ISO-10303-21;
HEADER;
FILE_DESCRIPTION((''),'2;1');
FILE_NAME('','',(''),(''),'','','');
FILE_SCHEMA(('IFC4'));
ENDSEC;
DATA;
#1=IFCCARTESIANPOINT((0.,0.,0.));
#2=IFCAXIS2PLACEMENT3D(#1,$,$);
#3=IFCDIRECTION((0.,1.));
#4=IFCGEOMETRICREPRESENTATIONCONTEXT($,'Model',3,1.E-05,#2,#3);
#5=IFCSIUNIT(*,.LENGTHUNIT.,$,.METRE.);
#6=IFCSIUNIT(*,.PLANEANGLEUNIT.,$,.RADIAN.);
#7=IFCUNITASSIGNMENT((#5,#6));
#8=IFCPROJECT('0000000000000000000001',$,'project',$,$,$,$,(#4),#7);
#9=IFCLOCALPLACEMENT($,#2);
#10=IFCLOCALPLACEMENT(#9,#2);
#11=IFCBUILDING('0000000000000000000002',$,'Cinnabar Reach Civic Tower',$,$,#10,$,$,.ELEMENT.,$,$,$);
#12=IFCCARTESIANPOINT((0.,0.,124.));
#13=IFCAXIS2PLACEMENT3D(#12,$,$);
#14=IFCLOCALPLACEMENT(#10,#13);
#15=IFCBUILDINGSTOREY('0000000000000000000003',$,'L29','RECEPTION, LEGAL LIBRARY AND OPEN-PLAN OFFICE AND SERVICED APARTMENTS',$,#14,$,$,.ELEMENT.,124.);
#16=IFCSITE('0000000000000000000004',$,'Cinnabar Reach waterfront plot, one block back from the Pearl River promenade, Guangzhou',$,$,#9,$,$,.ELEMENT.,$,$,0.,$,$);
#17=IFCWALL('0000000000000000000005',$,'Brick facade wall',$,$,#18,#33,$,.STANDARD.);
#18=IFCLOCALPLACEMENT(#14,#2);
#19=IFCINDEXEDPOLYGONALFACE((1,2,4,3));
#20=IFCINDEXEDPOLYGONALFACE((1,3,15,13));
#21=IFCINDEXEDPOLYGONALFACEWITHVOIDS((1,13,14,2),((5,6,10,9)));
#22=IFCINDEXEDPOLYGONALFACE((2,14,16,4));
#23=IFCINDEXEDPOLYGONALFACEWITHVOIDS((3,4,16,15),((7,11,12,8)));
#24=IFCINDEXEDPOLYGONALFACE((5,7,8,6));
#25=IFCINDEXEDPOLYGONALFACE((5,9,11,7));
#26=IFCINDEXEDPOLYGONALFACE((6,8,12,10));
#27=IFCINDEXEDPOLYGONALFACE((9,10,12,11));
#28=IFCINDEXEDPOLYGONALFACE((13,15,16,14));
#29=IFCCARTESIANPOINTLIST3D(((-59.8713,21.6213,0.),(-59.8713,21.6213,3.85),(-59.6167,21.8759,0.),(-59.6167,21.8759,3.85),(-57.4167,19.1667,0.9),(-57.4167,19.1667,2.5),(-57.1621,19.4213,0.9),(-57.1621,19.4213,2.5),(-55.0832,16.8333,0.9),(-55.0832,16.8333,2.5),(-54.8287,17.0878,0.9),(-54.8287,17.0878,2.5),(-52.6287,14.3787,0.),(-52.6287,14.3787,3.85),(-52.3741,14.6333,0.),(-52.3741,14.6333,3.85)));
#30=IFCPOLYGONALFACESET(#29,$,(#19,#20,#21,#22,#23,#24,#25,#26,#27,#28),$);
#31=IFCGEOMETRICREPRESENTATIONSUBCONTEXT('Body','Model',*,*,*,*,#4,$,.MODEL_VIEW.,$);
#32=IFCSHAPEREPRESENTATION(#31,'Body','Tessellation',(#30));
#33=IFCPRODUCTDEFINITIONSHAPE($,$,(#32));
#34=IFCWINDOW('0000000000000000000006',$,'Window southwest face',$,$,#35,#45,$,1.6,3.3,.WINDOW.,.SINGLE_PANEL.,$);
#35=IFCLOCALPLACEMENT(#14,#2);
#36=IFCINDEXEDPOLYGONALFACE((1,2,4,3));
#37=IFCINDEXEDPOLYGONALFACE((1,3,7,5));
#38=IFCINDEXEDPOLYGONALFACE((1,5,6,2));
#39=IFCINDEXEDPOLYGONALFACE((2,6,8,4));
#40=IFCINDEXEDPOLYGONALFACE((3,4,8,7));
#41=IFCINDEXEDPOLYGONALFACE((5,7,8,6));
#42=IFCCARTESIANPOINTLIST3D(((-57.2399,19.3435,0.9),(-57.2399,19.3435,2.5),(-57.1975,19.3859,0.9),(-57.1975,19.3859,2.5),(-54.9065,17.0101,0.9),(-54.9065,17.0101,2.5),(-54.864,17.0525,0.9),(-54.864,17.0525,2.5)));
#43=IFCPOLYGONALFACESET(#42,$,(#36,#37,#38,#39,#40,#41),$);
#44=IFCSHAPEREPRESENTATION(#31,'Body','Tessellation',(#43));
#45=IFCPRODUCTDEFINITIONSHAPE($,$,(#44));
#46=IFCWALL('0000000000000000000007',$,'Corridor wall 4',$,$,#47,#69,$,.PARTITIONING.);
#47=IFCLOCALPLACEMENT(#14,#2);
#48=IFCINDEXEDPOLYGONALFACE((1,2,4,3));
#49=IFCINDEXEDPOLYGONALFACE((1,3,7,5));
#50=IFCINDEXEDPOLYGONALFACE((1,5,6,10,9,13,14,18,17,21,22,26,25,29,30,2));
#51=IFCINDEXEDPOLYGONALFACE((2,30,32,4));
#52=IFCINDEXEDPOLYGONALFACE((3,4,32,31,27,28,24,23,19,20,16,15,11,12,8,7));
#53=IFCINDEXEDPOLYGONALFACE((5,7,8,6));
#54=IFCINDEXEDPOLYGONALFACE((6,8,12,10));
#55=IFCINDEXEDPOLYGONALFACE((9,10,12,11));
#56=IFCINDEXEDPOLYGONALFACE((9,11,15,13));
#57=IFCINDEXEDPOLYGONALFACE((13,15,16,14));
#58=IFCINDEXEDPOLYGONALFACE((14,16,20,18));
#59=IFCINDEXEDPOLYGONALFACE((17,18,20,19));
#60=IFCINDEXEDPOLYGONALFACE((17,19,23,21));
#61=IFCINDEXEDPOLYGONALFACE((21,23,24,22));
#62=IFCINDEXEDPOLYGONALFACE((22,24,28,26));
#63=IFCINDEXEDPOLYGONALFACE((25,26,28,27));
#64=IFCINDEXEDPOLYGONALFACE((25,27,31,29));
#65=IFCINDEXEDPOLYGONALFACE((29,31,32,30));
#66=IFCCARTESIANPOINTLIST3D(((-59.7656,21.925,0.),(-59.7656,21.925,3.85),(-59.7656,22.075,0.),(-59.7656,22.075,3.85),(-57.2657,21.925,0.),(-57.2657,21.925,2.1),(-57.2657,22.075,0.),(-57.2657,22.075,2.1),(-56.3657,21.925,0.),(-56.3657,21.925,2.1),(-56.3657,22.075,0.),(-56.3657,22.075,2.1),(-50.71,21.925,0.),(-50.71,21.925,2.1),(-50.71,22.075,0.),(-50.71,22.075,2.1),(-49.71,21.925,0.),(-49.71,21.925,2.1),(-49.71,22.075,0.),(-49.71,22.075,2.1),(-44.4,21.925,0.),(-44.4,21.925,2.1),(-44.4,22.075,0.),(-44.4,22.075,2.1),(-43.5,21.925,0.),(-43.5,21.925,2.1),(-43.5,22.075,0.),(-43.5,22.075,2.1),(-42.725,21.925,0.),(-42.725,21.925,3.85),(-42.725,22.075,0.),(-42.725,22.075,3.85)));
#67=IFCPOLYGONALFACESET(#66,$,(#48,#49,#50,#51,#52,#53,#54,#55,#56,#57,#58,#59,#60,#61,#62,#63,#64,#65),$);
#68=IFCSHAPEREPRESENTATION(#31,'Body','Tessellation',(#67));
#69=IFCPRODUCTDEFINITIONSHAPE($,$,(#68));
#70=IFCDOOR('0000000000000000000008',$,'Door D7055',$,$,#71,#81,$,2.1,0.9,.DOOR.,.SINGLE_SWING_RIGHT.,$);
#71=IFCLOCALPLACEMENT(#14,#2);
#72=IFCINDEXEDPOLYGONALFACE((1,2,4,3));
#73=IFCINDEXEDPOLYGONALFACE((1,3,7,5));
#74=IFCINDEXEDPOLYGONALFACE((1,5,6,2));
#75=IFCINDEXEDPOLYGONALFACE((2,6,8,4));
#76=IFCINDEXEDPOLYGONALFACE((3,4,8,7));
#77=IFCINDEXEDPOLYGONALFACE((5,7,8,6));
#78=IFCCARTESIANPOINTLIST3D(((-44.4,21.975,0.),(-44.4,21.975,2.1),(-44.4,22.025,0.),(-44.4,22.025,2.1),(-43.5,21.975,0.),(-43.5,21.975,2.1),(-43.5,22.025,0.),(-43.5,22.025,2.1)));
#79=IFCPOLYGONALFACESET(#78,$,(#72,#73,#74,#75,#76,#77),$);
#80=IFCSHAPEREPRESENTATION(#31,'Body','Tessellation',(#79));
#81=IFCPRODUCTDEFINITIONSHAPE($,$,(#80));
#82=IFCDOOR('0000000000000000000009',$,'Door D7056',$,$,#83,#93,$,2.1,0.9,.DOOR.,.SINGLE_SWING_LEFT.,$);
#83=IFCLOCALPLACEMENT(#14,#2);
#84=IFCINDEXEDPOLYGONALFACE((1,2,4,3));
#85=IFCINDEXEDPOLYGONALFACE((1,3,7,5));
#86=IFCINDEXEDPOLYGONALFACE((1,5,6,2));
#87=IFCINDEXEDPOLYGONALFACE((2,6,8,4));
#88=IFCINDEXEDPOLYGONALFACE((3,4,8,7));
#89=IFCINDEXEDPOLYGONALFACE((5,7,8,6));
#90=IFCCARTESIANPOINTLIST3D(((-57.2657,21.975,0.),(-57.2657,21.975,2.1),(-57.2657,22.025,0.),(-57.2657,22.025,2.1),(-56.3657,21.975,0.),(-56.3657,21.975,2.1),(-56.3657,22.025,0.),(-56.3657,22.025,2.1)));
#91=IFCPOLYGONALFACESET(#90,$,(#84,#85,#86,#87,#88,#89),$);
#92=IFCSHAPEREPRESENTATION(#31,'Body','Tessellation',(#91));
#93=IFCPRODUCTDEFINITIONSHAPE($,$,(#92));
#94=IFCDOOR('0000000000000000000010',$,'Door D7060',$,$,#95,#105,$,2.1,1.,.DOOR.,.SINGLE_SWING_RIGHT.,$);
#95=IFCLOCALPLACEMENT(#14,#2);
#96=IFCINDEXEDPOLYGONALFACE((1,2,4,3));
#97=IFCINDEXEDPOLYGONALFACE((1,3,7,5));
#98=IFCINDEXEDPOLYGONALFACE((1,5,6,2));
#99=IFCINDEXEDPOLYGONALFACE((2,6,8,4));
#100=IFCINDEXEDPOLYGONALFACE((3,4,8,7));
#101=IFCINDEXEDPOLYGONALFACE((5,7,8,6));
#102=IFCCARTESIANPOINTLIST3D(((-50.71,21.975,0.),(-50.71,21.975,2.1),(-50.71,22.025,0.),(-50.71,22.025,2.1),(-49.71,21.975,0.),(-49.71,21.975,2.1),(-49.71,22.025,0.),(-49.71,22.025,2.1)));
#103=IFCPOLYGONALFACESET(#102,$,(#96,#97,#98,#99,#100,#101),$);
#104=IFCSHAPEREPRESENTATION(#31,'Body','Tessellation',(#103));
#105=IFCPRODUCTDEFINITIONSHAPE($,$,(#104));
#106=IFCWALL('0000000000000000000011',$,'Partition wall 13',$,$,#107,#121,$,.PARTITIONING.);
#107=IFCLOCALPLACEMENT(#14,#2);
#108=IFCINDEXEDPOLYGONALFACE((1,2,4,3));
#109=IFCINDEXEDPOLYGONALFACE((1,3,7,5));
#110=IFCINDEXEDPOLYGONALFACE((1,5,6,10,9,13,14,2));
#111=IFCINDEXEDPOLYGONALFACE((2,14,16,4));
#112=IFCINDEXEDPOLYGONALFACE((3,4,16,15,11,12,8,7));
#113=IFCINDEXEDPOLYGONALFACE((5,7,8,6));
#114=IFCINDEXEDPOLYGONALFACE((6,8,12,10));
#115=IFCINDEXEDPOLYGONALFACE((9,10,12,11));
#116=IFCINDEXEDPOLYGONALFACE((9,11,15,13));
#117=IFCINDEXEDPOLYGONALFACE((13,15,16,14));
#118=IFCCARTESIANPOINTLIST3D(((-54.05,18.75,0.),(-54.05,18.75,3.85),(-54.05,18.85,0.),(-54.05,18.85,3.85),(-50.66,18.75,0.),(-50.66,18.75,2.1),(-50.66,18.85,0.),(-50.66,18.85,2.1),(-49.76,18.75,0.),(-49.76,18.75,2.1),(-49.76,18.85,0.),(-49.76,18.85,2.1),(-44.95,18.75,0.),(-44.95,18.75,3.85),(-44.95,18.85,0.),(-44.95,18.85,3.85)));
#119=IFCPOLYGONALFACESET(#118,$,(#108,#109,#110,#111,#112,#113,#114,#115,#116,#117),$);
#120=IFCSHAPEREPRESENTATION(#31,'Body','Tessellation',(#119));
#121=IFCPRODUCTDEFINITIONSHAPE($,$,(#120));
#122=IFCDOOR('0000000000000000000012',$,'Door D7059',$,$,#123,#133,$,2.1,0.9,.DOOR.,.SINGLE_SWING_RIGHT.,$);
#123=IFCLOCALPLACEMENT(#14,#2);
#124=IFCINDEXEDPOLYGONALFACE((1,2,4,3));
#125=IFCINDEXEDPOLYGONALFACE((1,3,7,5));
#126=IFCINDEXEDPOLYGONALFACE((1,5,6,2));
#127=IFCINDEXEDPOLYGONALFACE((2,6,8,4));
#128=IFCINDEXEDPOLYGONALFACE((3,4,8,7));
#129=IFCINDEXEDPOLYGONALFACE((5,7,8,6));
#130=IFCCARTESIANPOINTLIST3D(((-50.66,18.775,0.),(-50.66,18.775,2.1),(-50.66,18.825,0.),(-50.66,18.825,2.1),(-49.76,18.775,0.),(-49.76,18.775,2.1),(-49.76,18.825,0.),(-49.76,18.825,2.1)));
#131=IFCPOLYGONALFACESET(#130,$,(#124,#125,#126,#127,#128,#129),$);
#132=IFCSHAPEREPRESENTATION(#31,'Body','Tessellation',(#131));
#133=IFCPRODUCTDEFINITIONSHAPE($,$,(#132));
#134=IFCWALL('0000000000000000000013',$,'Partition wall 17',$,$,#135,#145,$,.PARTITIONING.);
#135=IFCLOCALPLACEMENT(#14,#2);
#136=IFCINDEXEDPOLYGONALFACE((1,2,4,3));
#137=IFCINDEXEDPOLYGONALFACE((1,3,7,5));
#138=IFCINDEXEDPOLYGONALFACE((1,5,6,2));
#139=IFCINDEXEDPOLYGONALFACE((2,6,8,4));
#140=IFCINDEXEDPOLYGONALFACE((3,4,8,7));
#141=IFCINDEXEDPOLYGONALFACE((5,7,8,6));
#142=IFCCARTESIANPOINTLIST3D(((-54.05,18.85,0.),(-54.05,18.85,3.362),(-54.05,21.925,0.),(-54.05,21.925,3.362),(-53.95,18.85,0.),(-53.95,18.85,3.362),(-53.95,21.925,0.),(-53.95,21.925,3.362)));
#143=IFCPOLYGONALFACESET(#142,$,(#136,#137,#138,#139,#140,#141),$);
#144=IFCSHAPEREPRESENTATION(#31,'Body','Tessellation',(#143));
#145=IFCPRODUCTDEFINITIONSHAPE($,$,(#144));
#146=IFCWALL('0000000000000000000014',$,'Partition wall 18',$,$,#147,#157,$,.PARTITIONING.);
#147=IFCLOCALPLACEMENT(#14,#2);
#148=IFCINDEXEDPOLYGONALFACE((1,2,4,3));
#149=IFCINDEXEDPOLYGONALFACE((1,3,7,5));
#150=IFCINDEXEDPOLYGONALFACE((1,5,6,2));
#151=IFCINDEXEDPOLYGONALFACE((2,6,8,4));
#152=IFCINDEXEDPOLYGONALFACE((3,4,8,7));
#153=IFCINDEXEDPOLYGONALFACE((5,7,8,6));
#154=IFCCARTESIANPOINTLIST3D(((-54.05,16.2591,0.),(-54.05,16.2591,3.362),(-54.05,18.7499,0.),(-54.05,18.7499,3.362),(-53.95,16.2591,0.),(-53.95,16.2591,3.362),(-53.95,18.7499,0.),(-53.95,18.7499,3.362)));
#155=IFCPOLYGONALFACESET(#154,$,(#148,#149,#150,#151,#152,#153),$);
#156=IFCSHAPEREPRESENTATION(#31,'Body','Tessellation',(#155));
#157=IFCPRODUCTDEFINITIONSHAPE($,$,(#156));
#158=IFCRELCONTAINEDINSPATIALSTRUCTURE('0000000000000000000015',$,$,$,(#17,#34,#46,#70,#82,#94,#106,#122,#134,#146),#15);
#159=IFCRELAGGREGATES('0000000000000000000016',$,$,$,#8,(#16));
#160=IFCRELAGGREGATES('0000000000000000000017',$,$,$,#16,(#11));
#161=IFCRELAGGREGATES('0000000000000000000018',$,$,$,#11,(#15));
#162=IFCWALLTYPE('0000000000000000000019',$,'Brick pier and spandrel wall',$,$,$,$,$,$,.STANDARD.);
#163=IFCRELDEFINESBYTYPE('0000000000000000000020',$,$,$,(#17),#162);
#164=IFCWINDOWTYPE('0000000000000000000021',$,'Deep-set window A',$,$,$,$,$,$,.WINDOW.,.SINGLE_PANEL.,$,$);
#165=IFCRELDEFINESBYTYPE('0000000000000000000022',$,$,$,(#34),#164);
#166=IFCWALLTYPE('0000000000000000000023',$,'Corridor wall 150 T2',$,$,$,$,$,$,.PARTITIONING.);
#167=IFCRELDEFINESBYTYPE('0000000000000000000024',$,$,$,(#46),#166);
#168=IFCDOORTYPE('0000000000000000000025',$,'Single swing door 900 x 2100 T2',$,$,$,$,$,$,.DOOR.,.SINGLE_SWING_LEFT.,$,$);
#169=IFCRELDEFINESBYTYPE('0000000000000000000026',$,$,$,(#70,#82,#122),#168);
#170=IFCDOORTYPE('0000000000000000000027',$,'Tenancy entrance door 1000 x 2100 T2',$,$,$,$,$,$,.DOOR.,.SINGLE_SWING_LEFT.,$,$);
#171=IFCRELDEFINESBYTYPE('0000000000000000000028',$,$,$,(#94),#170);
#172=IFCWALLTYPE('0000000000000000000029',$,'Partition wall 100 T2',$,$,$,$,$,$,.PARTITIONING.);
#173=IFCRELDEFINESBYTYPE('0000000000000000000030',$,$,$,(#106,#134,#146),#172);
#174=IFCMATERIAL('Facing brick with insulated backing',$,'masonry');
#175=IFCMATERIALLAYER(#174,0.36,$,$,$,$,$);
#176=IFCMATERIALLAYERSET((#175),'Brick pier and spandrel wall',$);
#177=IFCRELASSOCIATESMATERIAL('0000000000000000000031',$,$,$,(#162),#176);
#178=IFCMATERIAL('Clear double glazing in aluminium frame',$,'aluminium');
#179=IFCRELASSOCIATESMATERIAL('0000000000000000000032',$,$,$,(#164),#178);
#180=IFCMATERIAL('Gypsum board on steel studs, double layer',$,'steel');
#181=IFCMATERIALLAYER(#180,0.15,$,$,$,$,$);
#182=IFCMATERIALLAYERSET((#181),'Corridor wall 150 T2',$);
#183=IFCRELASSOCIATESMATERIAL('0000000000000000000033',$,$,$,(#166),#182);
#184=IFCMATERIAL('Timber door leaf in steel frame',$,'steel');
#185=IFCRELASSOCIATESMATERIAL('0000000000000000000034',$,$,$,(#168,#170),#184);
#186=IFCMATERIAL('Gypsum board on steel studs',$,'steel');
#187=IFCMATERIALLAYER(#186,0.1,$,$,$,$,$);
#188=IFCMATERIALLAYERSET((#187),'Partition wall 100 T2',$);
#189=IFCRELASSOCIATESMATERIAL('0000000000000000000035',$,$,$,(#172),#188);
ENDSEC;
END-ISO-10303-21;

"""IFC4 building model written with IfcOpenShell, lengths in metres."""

from ifc_helpers import new_model, si_unit, direction, frame, frame_2d, origin, place, context, subcontext, project, spatial, rectangle, extrude, material, layer, layer_set, type_object, element, fill, save


model = new_model("IFC4")

# Units and contexts
model_context = context("Model", 3, precision=1e-05, world=origin(), true_north=direction((0.0, 1.0)))
body_context = subcontext(model_context, "Body", "Model", "MODEL_VIEW")
ifc_project = project(units=[si_unit("LENGTHUNIT", "METRE"), si_unit("PLANEANGLEUNIT", "RADIAN")], contexts=[model_context])

# Site, building, storey
site_placement = place(None, origin())
site = spatial("IfcSite", under=ifc_project, at=site_placement, Name="Cinnabar Reach waterfront plot, one block back from the Pearl River promenade, Guangzhou", CompositionType="ELEMENT", RefElevation=0.0)
building_placement = place(site_placement, origin())
building = spatial("IfcBuilding", under=site, at=building_placement, Name="Cinnabar Reach Civic Tower", CompositionType="ELEMENT")
storey_placement = place(building_placement, frame((0.0, 0.0, 124.0)))
storey = spatial("IfcBuildingStorey", under=building, at=storey_placement, Name="L29", Description="RECEPTION, LEGAL LIBRARY AND OPEN-PLAN OFFICE AND SERVICED APARTMENTS", CompositionType="ELEMENT", Elevation=124.0)

# Shared definitions
ifc_material_1 = material(Name="Facing brick with insulated backing", Category="masonry")

# Wall, opening, window
ifc_layer_1 = layer(ifc_material_1, 0.36)
ifc_layer_set_1 = layer_set([ifc_layer_1], Name="Brick pier and spandrel wall")
wall_type_1 = type_object("IfcWallType", Name="Brick pier and spandrel wall", PredefinedType="STANDARD", material=ifc_layer_set_1)
wall_1_placement = place(storey_placement, frame((-59.744, 21.7486, 0.0), z_axis=(0.0, 0.0, 1.0), x_axis=(0.707107, -0.707107, 0.0)))
wall_1 = element("IfcWall", 1, at=wall_1_placement, inside=storey, type_object=wall_type_1, Name="Brick facade wall", PredefinedType="STANDARD", context=body_context, shape_type="SweptSolid", body=[
    extrude(rectangle(XDim=10.2426, YDim=0.36, at=frame_2d((5.1213, 0.0))), origin(), (0.0, 0.0, 1.0), 3.85),
])
opening_1_placement = place(wall_1_placement, frame((3.4713, 0.0, 0.9)))
opening_1 = element("IfcOpeningElement", 2, at=opening_1_placement, cuts=wall_1, PredefinedType="OPENING", context=body_context, shape_type="SweptSolid", body=[
    extrude(rectangle(XDim=3.3, YDim=1.6, at=frame_2d((1.65, 0.8))), frame((0.0, 0.19, 0.0), z_axis=(0.0, -1.0, 0.0), x_axis=(1.0, 0.0, 0.0)), (0.0, 0.0, 1.0), 0.38),
])
ifc_material_2 = material(Name="Clear double glazing in aluminium frame", Category="aluminium")
window_type = type_object("IfcWindowType", Name="Deep-set window A", PartitioningType="SINGLE_PANEL", PredefinedType="WINDOW", material=ifc_material_2)
window_placement = place(opening_1_placement, origin())
window = element("IfcWindow", 3, at=window_placement, inside=storey, type_object=window_type, Name="Window southwest face", OverallHeight=1.6, OverallWidth=3.3, PartitioningType="SINGLE_PANEL", PredefinedType="WINDOW", context=body_context, shape_type="SweptSolid", body=[
    extrude(rectangle(XDim=3.3, YDim=1.6, at=frame_2d((1.65, 0.8))), frame((0.0, 0.13, 0.0), z_axis=(0.0, -1.0, 0.0), x_axis=(1.0, 0.0, 0.0)), (0.0, 0.0, 1.0), 0.06),
])
fill(opening_1, window)

# Wall, openings, doors
ifc_material_3 = material(Name="Gypsum board on steel studs, double layer", Category="steel")
ifc_layer_2 = layer(ifc_material_3, 0.15)
ifc_layer_set_2 = layer_set([ifc_layer_2], Name="Corridor wall 150 T2")
wall_type_2 = type_object("IfcWallType", Name="Corridor wall 150 T2", PredefinedType="PARTITIONING", material=ifc_layer_set_2)
wall_2_placement = place(storey_placement, frame((-59.7657, 22.0, 0.0), z_axis=(0.0, 0.0, 1.0), x_axis=(1.0, 0.0, 0.0)))
wall_2 = element("IfcWall", 4, at=wall_2_placement, inside=storey, type_object=wall_type_2, Name="Corridor wall 4", PredefinedType="PARTITIONING", context=body_context, shape_type="SweptSolid", body=[
    extrude(rectangle(XDim=17.0407, YDim=0.15, at=frame_2d((8.5204, 0.0))), origin(), (0.0, 0.0, 1.0), 3.85),
])
opening_2_placement = place(wall_2_placement, frame((15.3657, 0.0, 0.0)))
opening_2 = element("IfcOpeningElement", 5, at=opening_2_placement, cuts=wall_2, PredefinedType="OPENING", context=body_context, shape_type="SweptSolid", body=[
    extrude(rectangle(XDim=0.9, YDim=2.1, at=frame_2d((0.45, 1.05))), frame((0.0, 0.085, 0.0), z_axis=(0.0, -1.0, 0.0), x_axis=(1.0, 0.0, 0.0)), (0.0, 0.0, 1.0), 0.17),
])
opening_3_placement = place(wall_2_placement, frame((2.5, 0.0, 0.0)))
opening_3 = element("IfcOpeningElement", 6, at=opening_3_placement, cuts=wall_2, PredefinedType="OPENING", context=body_context, shape_type="SweptSolid", body=[
    extrude(rectangle(XDim=0.9, YDim=2.1, at=frame_2d((0.45, 1.05))), frame((0.0, 0.085, 0.0), z_axis=(0.0, -1.0, 0.0), x_axis=(1.0, 0.0, 0.0)), (0.0, 0.0, 1.0), 0.17),
])
opening_4_placement = place(wall_2_placement, frame((9.0557, 0.0, 0.0)))
opening_4 = element("IfcOpeningElement", 7, at=opening_4_placement, cuts=wall_2, PredefinedType="OPENING", context=body_context, shape_type="SweptSolid", body=[
    extrude(rectangle(XDim=1.0, YDim=2.1, at=frame_2d((0.5, 1.05))), frame((0.0, 0.085, 0.0), z_axis=(0.0, -1.0, 0.0), x_axis=(1.0, 0.0, 0.0)), (0.0, 0.0, 1.0), 0.17),
])
ifc_material_4 = material(Name="Timber door leaf in steel frame", Category="steel")
door_type_1 = type_object("IfcDoorType", Name="Single swing door 900 x 2100 T2", OperationType="SINGLE_SWING_LEFT", PredefinedType="DOOR", material=ifc_material_4)
door_1_placement = place(opening_2_placement, frame((0.9, 0.0, 0.0), z_axis=(0.0, 0.0, 1.0), x_axis=(-1.0, 0.0, 0.0)))
door_1 = element("IfcDoor", 8, at=door_1_placement, inside=storey, type_object=door_type_1, Name="Door D7055", OperationType="SINGLE_SWING_RIGHT", OverallHeight=2.1, OverallWidth=0.9, PredefinedType="DOOR", context=body_context, shape_type="SweptSolid", body=[
    extrude(rectangle(XDim=0.9, YDim=2.1, at=frame_2d((0.45, 1.05))), frame((0.0, 0.025, 0.0), z_axis=(0.0, -1.0, 0.0), x_axis=(1.0, 0.0, 0.0)), (0.0, 0.0, 1.0), 0.05),
])
fill(opening_2, door_1)
door_2_placement = place(opening_3_placement, frame((0.9, 0.0, 0.0), z_axis=(0.0, 0.0, 1.0), x_axis=(-1.0, 0.0, 0.0)))
door_2 = element("IfcDoor", 9, at=door_2_placement, inside=storey, type_object=door_type_1, Name="Door D7056", OperationType="SINGLE_SWING_LEFT", OverallHeight=2.1, OverallWidth=0.9, PredefinedType="DOOR", context=body_context, shape_type="SweptSolid", body=[
    extrude(rectangle(XDim=0.9, YDim=2.1, at=frame_2d((0.45, 1.05))), frame((0.0, 0.025, 0.0), z_axis=(0.0, -1.0, 0.0), x_axis=(1.0, 0.0, 0.0)), (0.0, 0.0, 1.0), 0.05),
])
fill(opening_3, door_2)
door_type_2 = type_object("IfcDoorType", Name="Tenancy entrance door 1000 x 2100 T2", OperationType="SINGLE_SWING_LEFT", PredefinedType="DOOR", material=ifc_material_4)
door_3_placement = place(opening_4_placement, frame((1.0, 0.0, 0.0), z_axis=(0.0, 0.0, 1.0), x_axis=(-1.0, 0.0, 0.0)))
door_3 = element("IfcDoor", 10, at=door_3_placement, inside=storey, type_object=door_type_2, Name="Door D7060", OperationType="SINGLE_SWING_RIGHT", OverallHeight=2.1, OverallWidth=1.0, PredefinedType="DOOR", context=body_context, shape_type="SweptSolid", body=[
    extrude(rectangle(XDim=1.0, YDim=2.1, at=frame_2d((0.5, 1.05))), frame((0.0, 0.025, 0.0), z_axis=(0.0, -1.0, 0.0), x_axis=(1.0, 0.0, 0.0)), (0.0, 0.0, 1.0), 0.05),
])
fill(opening_4, door_3)

# Wall, opening, door
ifc_material_5 = material(Name="Gypsum board on steel studs", Category="steel")
ifc_layer_3 = layer(ifc_material_5, 0.1)
ifc_layer_set_3 = layer_set([ifc_layer_3], Name="Partition wall 100 T2")
wall_type_3 = type_object("IfcWallType", Name="Partition wall 100 T2", PredefinedType="PARTITIONING", material=ifc_layer_set_3)
wall_3_placement = place(storey_placement, frame((-54.05, 18.8, 0.0), z_axis=(0.0, 0.0, 1.0), x_axis=(1.0, 0.0, 0.0)))
wall_3 = element("IfcWall", 11, at=wall_3_placement, inside=storey, type_object=wall_type_3, Name="Partition wall 13", PredefinedType="PARTITIONING", context=body_context, shape_type="SweptSolid", body=[
    extrude(rectangle(XDim=9.1, YDim=0.1, at=frame_2d((4.55, 0.0))), origin(), (0.0, 0.0, 1.0), 3.85),
])
opening_5_placement = place(wall_3_placement, frame((3.39, 0.0, 0.0)))
opening_5 = element("IfcOpeningElement", 12, at=opening_5_placement, cuts=wall_3, PredefinedType="OPENING", context=body_context, shape_type="SweptSolid", body=[
    extrude(rectangle(XDim=0.9, YDim=2.1, at=frame_2d((0.45, 1.05))), frame((0.0, 0.06, 0.0), z_axis=(0.0, -1.0, 0.0), x_axis=(1.0, 0.0, 0.0)), (0.0, 0.0, 1.0), 0.12),
])
door_4_placement = place(opening_5_placement, origin())
door_4 = element("IfcDoor", 13, at=door_4_placement, inside=storey, type_object=door_type_1, Name="Door D7059", OperationType="SINGLE_SWING_RIGHT", OverallHeight=2.1, OverallWidth=0.9, PredefinedType="DOOR", context=body_context, shape_type="SweptSolid", body=[
    extrude(rectangle(XDim=0.9, YDim=2.1, at=frame_2d((0.45, 1.05))), frame((0.0, 0.025, 0.0), z_axis=(0.0, -1.0, 0.0), x_axis=(1.0, 0.0, 0.0)), (0.0, 0.0, 1.0), 0.05),
])
fill(opening_5, door_4)

# Walls
wall_4_placement = place(storey_placement, frame((-54.0, 18.85, 0.0), z_axis=(0.0, 0.0, 1.0), x_axis=(0.0, 1.0, 0.0)))
element("IfcWall", 14, at=wall_4_placement, inside=storey, type_object=wall_type_3, Name="Partition wall 17", PredefinedType="PARTITIONING", context=body_context, shape_type="SweptSolid", body=[
    extrude(rectangle(XDim=3.075, YDim=0.1, at=frame_2d((1.5375, 0.0))), origin(), (0.0, 0.0, 1.0), 3.362),
])
wall_5_placement = place(storey_placement, frame((-54.0, 16.2591, 0.0), z_axis=(0.0, 0.0, 1.0), x_axis=(0.0, 1.0, 0.0)))
element("IfcWall", 15, at=wall_5_placement, inside=storey, type_object=wall_type_3, Name="Partition wall 18", PredefinedType="PARTITIONING", context=body_context, shape_type="SweptSolid", body=[
    extrude(rectangle(XDim=2.4909, YDim=0.1, at=frame_2d((1.2454, 0.0))), origin(), (0.0, 0.0, 1.0), 3.362),
])

save(model, "model.ifc")
